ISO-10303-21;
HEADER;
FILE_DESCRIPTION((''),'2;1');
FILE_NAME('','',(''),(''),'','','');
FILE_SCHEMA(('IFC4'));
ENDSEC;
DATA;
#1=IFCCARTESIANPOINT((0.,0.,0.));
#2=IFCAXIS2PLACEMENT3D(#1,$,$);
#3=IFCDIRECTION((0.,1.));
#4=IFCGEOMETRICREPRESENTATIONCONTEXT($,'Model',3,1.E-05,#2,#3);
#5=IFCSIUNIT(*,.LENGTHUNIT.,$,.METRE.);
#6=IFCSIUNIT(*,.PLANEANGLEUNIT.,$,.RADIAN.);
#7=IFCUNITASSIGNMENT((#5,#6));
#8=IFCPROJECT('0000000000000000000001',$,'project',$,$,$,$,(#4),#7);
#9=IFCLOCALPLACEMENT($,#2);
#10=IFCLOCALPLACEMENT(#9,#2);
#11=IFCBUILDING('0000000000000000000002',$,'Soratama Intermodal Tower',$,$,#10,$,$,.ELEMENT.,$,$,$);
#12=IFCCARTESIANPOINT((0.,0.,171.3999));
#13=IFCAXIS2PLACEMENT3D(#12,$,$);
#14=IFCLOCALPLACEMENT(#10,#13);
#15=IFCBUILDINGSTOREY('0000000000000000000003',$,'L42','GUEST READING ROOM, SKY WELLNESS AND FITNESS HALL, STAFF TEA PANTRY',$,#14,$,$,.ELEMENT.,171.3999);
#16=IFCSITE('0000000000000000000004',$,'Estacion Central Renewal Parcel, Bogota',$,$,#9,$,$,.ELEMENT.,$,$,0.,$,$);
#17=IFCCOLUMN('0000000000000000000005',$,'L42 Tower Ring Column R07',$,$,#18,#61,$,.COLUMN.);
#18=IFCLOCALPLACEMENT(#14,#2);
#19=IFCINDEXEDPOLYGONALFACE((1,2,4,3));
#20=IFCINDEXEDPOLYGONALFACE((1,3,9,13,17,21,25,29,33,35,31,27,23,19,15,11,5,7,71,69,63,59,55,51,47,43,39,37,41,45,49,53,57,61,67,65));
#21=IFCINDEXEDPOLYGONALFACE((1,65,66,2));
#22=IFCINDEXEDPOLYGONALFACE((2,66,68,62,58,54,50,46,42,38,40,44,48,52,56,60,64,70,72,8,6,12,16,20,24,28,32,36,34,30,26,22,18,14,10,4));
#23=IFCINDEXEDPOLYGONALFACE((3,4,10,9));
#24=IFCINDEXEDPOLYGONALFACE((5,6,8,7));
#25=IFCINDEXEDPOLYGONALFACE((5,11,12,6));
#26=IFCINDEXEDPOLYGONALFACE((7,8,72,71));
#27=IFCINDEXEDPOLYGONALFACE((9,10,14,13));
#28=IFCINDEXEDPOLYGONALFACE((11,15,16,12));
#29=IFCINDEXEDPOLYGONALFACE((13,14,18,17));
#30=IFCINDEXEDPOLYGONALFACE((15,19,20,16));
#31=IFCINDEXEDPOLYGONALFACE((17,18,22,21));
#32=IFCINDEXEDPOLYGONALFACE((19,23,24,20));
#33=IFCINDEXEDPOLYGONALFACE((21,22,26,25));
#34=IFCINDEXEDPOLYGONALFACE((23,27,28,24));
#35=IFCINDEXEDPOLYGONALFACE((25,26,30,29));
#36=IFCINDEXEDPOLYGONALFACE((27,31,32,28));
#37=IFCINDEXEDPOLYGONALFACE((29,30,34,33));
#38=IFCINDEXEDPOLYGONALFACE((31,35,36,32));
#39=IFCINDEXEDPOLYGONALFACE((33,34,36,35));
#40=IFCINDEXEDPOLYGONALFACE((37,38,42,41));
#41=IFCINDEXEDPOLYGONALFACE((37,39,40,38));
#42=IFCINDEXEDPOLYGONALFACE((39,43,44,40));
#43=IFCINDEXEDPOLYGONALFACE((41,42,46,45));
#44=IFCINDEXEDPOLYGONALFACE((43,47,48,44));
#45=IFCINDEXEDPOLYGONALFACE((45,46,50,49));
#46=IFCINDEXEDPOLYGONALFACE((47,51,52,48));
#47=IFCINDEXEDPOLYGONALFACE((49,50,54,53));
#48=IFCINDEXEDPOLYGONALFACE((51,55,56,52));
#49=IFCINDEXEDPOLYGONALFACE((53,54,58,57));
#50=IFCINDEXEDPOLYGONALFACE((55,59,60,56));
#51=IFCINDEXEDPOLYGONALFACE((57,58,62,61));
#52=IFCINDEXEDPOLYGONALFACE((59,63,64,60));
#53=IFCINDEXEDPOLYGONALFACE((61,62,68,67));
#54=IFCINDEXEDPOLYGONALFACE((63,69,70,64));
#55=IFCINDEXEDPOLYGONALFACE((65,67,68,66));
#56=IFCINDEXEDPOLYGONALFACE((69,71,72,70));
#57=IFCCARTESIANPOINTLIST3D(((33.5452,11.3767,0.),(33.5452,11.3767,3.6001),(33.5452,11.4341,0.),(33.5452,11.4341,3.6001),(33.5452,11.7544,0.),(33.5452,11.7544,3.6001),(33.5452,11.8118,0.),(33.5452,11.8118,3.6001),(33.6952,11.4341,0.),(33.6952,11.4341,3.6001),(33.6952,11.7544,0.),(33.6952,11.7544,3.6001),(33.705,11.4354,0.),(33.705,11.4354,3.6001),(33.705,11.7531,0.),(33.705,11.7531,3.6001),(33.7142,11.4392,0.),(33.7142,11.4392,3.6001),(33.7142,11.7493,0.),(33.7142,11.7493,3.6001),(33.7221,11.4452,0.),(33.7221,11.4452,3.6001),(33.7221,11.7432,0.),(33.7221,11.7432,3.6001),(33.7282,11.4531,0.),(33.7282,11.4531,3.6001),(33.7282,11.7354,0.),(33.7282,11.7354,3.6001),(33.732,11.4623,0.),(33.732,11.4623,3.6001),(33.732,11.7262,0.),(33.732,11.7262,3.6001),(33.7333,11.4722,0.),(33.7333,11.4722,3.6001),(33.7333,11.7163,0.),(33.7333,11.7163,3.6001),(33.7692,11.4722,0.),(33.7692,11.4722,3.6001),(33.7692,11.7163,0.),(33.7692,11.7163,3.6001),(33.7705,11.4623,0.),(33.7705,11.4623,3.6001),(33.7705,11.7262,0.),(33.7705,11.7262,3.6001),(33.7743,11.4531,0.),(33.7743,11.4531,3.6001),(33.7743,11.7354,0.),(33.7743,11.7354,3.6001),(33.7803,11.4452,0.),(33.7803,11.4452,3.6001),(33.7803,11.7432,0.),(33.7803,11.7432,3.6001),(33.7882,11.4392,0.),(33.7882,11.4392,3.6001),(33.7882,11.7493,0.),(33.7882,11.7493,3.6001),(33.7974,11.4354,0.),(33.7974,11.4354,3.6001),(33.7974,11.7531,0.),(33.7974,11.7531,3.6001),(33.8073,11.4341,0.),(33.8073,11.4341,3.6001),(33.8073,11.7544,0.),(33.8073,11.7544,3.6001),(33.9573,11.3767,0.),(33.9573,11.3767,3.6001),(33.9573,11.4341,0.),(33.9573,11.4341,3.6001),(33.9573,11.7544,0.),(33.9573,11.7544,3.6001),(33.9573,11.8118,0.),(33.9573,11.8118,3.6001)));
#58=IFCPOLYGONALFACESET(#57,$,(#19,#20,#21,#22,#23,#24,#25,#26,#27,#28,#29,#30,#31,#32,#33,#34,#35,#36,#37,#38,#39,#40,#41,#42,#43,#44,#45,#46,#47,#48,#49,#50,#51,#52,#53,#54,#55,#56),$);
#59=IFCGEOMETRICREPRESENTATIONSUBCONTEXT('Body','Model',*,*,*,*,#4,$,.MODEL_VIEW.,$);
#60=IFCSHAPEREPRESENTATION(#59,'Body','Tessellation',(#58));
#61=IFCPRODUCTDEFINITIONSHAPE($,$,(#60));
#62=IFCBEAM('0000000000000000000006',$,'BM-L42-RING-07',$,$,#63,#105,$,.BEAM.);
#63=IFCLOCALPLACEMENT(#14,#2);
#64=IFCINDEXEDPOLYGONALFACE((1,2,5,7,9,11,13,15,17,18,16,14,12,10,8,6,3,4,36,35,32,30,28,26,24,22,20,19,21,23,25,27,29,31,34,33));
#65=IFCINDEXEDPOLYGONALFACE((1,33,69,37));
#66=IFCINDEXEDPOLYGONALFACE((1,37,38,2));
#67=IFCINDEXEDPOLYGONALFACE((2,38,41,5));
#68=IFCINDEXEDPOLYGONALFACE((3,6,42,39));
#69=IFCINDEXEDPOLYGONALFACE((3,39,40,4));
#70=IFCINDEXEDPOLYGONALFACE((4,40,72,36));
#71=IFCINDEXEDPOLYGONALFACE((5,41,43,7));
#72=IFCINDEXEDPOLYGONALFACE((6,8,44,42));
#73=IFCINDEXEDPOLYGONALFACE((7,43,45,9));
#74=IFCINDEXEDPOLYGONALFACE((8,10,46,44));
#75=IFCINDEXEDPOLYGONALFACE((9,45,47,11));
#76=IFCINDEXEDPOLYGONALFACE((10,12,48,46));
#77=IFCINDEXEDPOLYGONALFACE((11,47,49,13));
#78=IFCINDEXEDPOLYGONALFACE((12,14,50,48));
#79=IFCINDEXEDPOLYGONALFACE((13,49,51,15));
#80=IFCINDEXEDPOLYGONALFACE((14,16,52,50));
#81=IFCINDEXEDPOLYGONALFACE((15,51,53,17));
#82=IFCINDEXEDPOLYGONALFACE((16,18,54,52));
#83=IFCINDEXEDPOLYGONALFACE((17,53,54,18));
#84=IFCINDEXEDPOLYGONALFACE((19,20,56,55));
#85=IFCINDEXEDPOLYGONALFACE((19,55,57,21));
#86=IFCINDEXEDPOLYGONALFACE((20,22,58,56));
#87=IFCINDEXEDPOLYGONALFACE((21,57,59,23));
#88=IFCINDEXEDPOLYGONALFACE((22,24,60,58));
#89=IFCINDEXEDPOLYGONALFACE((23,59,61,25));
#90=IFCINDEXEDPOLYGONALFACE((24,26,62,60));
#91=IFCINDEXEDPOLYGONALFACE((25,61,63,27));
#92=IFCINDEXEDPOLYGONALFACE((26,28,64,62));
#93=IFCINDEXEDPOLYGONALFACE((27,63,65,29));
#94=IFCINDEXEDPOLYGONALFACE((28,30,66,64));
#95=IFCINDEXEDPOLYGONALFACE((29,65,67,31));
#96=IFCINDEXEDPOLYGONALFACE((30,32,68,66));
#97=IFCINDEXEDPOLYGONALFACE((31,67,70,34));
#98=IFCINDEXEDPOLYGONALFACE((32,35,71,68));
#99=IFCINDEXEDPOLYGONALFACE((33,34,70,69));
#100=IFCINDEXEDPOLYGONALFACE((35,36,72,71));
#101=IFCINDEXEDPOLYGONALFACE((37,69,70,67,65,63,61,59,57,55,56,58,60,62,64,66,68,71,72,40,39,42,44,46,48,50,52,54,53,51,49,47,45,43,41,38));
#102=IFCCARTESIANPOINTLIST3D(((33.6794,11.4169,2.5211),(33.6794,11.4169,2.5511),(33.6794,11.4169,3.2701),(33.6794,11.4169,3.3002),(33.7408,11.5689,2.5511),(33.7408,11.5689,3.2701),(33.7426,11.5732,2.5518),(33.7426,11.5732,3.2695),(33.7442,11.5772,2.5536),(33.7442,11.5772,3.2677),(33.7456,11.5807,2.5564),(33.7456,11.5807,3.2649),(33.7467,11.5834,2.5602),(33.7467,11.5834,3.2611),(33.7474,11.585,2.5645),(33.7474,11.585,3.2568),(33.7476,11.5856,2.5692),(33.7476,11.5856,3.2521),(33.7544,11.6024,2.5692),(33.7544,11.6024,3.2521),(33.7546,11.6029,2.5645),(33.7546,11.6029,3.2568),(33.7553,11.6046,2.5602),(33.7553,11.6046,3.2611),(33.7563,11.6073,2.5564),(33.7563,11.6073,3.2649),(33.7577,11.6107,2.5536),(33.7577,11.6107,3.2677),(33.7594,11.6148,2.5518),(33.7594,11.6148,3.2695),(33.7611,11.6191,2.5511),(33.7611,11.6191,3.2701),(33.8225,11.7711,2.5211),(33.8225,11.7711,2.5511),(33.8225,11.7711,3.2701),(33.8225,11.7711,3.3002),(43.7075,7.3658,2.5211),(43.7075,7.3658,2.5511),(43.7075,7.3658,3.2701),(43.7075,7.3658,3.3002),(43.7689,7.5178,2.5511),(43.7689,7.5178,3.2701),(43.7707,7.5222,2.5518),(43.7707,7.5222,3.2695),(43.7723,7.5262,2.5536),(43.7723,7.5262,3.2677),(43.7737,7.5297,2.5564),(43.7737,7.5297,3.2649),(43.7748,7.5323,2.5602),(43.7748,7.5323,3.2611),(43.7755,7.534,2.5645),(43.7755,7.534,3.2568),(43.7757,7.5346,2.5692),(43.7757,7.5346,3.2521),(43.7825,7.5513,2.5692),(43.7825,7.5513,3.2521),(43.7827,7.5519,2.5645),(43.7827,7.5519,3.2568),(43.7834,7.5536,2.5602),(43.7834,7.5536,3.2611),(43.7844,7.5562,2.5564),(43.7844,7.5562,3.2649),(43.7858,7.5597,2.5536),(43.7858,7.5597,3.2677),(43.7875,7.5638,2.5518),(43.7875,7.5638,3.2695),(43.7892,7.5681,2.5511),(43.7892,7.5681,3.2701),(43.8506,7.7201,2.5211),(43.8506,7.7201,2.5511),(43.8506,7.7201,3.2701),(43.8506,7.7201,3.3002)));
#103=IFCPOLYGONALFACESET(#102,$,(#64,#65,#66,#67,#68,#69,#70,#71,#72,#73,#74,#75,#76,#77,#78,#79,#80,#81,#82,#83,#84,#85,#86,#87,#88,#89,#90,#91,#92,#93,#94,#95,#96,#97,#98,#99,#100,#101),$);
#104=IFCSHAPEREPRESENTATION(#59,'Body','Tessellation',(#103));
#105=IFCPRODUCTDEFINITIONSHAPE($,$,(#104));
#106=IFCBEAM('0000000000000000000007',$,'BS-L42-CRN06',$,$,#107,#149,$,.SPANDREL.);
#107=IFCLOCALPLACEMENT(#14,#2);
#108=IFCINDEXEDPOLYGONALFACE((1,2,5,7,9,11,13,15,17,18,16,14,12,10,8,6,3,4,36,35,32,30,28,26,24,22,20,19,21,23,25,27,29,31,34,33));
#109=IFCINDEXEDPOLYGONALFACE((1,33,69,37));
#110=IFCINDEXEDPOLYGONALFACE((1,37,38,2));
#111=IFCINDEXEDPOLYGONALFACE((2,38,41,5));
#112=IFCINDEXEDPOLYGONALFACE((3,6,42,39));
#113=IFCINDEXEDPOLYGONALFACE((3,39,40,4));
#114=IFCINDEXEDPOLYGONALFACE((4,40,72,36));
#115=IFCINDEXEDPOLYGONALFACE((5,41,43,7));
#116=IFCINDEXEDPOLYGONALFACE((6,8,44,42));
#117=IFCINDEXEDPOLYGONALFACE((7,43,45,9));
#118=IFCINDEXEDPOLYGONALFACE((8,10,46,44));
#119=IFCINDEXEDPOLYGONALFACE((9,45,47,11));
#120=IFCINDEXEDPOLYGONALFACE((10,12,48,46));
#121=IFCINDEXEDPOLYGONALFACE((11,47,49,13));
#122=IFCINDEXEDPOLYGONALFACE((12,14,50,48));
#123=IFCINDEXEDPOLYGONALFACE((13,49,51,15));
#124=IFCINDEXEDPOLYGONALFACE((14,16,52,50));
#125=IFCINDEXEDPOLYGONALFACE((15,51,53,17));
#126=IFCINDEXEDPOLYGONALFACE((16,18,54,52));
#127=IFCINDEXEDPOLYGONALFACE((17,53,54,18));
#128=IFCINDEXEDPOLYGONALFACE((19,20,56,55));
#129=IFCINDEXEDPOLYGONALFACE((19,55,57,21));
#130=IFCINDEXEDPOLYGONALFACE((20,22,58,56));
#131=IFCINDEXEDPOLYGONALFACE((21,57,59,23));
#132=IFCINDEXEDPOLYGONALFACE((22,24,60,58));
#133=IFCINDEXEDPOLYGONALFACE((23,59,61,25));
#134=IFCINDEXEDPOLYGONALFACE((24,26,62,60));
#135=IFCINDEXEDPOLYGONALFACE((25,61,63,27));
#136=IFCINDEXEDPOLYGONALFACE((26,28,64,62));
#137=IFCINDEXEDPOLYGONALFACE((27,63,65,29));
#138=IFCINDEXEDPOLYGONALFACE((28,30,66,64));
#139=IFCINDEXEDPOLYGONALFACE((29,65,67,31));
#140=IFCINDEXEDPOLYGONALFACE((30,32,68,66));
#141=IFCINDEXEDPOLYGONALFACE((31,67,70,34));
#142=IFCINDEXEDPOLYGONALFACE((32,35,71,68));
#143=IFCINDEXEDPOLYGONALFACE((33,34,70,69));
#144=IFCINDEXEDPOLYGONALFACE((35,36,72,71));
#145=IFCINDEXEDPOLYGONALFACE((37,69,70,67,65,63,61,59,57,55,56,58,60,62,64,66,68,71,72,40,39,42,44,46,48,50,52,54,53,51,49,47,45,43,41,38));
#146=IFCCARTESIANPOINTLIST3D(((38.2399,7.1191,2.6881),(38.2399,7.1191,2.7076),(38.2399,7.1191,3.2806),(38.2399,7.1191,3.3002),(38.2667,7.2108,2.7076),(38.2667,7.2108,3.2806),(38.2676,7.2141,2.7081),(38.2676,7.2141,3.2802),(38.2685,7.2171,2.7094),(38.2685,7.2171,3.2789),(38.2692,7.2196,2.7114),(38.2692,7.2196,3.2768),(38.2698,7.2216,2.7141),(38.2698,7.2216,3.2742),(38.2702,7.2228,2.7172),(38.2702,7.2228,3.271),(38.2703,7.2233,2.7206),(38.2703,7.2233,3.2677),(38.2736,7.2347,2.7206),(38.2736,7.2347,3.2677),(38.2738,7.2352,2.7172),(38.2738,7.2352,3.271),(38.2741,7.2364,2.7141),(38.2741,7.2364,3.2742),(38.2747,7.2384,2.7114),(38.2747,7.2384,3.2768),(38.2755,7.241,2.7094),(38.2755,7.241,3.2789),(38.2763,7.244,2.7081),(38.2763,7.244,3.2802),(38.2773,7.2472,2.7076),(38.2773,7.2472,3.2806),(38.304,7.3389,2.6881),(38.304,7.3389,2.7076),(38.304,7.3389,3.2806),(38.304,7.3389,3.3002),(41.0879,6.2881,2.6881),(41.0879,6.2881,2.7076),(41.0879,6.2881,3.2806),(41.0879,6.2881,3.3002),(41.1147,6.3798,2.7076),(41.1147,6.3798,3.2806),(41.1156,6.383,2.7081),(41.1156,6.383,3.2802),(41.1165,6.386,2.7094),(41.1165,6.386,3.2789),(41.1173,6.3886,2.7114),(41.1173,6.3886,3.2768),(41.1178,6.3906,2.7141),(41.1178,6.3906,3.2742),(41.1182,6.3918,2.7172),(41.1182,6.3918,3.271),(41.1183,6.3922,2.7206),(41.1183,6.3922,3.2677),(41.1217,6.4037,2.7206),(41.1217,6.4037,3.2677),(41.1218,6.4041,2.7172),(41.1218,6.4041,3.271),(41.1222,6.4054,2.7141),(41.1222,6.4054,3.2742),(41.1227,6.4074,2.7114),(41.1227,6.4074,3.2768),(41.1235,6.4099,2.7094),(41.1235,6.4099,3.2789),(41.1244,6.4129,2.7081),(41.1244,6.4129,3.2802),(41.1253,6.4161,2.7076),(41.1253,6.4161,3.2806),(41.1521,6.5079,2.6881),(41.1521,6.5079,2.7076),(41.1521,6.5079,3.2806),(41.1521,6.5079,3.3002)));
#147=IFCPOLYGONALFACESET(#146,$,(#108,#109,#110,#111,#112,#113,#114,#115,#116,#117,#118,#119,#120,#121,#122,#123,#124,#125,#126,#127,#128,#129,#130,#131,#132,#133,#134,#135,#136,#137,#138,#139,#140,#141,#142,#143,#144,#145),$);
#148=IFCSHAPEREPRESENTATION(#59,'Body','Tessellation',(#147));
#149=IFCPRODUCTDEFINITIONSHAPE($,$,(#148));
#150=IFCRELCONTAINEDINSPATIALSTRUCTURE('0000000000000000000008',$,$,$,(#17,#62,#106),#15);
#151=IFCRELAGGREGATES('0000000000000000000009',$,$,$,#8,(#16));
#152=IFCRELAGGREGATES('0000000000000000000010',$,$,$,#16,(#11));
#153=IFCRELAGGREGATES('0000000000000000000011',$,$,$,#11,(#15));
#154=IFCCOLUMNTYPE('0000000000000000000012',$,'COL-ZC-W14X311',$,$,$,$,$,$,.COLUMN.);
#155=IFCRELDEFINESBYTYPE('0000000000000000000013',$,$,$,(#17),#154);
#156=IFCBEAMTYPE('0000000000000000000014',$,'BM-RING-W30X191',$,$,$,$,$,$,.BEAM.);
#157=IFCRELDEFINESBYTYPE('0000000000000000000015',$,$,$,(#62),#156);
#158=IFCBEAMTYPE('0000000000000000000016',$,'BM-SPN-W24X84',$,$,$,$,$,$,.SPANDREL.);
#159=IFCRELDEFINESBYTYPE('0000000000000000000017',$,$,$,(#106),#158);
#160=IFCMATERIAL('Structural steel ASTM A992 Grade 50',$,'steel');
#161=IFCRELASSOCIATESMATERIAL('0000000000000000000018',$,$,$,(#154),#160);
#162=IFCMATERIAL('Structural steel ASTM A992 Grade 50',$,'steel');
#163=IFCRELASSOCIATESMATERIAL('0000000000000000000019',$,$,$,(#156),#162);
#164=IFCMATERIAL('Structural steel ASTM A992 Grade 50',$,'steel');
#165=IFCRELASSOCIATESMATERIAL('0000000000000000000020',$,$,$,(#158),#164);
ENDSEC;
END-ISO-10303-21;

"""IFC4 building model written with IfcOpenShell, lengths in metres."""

from ifc_helpers import new_model, si_unit, direction, frame, origin, origin_2d, place, context, subcontext, project, spatial, i_section, extrude, material, material_profile, profile_set, type_object, element, save


model = new_model("IFC4")

# Units and contexts
model_context = context("Model", 3, precision=1e-05, world=origin(), true_north=direction((0.0, 1.0)))
body_context = subcontext(model_context, "Body", "Model", "MODEL_VIEW")
ifc_project = project(units=[si_unit("LENGTHUNIT", "METRE"), si_unit("PLANEANGLEUNIT", "RADIAN")], contexts=[model_context])

# Site, building, storey
site_placement = place(None, origin())
site = spatial("IfcSite", under=ifc_project, at=site_placement, Name="Estacion Central Renewal Parcel, Bogota", CompositionType="ELEMENT", RefElevation=0.0)
building_placement = place(site_placement, origin())
building = spatial("IfcBuilding", under=site, at=building_placement, Name="Soratama Intermodal Tower", CompositionType="ELEMENT")
storey_placement = place(building_placement, frame((0.0, 0.0, 171.3999)))
storey = spatial("IfcBuildingStorey", under=building, at=storey_placement, Name="L42", Description="GUEST READING ROOM, SKY WELLNESS AND FITNESS HALL, STAFF TEA PANTRY", CompositionType="ELEMENT", Elevation=171.3999)

# Column
ifc_material_1 = material(Name="Structural steel ASTM A992 Grade 50", Category="steel")
ifc_material_profile_1 = material_profile(ifc_material_1, i_section(OverallWidth=0.4121, OverallDepth=0.4351, WebThickness=0.0359, FlangeThickness=0.0574, FilletRadius=0.0381, at=origin_2d()), Name="W14X311")
ifc_profile_set_1 = profile_set([ifc_material_profile_1], Name="Structural steel ASTM A992 Grade 50")
column_type = type_object("IfcColumnType", Name="COL-ZC-W14X311", PredefinedType="COLUMN", material=ifc_profile_set_1)
column_placement = place(storey_placement, frame((33.7512, 11.5942, 0.0), z_axis=(0.0, 0.0, 1.0), x_axis=(1.0, 0.0, 0.0)))
element("IfcColumn", 1, at=column_placement, inside=storey, type_object=column_type, Name="L42 Tower Ring Column R07", PredefinedType="COLUMN", context=body_context, shape_type="SweptSolid", body=[
    extrude(i_section(OverallWidth=0.4121, OverallDepth=0.4351, WebThickness=0.0359, FlangeThickness=0.0574, FilletRadius=0.0381, at=origin_2d()), origin(), (0.0, 0.0, 1.0), 3.6001),
])

# Beams
ifc_material_2 = material(Name="Structural steel ASTM A992 Grade 50", Category="steel")
ifc_material_profile_2 = material_profile(ifc_material_2, i_section(OverallWidth=0.3821, OverallDepth=0.7791, WebThickness=0.0181, FlangeThickness=0.03, FilletRadius=0.0181, at=origin_2d()), Name="W30X191")
ifc_profile_set_2 = profile_set([ifc_material_profile_2], Name="Structural steel ASTM A992 Grade 50")
beam_type_1 = type_object("IfcBeamType", Name="BM-RING-W30X191", PredefinedType="BEAM", material=ifc_profile_set_2)
beam_1_placement = place(storey_placement, frame((33.751, 11.594, 2.9106), z_axis=(0.927202, -0.37456, 0.0), x_axis=(0.37456, 0.927202, 0.0)))
element("IfcBeam", 2, at=beam_1_placement, inside=storey, type_object=beam_type_1, Name="BM-L42-RING-07", PredefinedType="BEAM", context=body_context, shape_type="SweptSolid", body=[
    extrude(i_section(OverallWidth=0.3821, OverallDepth=0.7791, WebThickness=0.0181, FlangeThickness=0.03, FilletRadius=0.0181, at=origin_2d()), origin(), (0.0, 0.0, 1.0), 10.8154),
])
ifc_material_3 = material(Name="Structural steel ASTM A992 Grade 50", Category="steel")
ifc_material_profile_3 = material_profile(ifc_material_3, i_section(OverallWidth=0.229, OverallDepth=0.6121, WebThickness=0.012, FlangeThickness=0.0195, FilletRadius=0.0129, at=origin_2d()), Name="W24X84")
ifc_profile_set_3 = profile_set([ifc_material_profile_3], Name="Structural steel ASTM A992 Grade 50")
beam_type_2 = type_object("IfcBeamType", Name="BM-SPN-W24X84", PredefinedType="SPANDREL", material=ifc_profile_set_3)
beam_2_placement = place(storey_placement, frame((38.272, 7.229, 2.9941), z_axis=(0.959969, -0.280107, 0.0), x_axis=(0.280107, 0.959969, 0.0)))
element("IfcBeam", 3, at=beam_2_placement, inside=storey, type_object=beam_type_2, Name="BS-L42-CRN06", PredefinedType="SPANDREL", context=body_context, shape_type="SweptSolid", body=[
    extrude(i_section(OverallWidth=0.229, OverallDepth=0.6121, WebThickness=0.012, FlangeThickness=0.0195, FilletRadius=0.0129, at=origin_2d()), origin(), (0.0, 0.0, 1.0), 2.9668),
])

save(model, "model.ifc")
